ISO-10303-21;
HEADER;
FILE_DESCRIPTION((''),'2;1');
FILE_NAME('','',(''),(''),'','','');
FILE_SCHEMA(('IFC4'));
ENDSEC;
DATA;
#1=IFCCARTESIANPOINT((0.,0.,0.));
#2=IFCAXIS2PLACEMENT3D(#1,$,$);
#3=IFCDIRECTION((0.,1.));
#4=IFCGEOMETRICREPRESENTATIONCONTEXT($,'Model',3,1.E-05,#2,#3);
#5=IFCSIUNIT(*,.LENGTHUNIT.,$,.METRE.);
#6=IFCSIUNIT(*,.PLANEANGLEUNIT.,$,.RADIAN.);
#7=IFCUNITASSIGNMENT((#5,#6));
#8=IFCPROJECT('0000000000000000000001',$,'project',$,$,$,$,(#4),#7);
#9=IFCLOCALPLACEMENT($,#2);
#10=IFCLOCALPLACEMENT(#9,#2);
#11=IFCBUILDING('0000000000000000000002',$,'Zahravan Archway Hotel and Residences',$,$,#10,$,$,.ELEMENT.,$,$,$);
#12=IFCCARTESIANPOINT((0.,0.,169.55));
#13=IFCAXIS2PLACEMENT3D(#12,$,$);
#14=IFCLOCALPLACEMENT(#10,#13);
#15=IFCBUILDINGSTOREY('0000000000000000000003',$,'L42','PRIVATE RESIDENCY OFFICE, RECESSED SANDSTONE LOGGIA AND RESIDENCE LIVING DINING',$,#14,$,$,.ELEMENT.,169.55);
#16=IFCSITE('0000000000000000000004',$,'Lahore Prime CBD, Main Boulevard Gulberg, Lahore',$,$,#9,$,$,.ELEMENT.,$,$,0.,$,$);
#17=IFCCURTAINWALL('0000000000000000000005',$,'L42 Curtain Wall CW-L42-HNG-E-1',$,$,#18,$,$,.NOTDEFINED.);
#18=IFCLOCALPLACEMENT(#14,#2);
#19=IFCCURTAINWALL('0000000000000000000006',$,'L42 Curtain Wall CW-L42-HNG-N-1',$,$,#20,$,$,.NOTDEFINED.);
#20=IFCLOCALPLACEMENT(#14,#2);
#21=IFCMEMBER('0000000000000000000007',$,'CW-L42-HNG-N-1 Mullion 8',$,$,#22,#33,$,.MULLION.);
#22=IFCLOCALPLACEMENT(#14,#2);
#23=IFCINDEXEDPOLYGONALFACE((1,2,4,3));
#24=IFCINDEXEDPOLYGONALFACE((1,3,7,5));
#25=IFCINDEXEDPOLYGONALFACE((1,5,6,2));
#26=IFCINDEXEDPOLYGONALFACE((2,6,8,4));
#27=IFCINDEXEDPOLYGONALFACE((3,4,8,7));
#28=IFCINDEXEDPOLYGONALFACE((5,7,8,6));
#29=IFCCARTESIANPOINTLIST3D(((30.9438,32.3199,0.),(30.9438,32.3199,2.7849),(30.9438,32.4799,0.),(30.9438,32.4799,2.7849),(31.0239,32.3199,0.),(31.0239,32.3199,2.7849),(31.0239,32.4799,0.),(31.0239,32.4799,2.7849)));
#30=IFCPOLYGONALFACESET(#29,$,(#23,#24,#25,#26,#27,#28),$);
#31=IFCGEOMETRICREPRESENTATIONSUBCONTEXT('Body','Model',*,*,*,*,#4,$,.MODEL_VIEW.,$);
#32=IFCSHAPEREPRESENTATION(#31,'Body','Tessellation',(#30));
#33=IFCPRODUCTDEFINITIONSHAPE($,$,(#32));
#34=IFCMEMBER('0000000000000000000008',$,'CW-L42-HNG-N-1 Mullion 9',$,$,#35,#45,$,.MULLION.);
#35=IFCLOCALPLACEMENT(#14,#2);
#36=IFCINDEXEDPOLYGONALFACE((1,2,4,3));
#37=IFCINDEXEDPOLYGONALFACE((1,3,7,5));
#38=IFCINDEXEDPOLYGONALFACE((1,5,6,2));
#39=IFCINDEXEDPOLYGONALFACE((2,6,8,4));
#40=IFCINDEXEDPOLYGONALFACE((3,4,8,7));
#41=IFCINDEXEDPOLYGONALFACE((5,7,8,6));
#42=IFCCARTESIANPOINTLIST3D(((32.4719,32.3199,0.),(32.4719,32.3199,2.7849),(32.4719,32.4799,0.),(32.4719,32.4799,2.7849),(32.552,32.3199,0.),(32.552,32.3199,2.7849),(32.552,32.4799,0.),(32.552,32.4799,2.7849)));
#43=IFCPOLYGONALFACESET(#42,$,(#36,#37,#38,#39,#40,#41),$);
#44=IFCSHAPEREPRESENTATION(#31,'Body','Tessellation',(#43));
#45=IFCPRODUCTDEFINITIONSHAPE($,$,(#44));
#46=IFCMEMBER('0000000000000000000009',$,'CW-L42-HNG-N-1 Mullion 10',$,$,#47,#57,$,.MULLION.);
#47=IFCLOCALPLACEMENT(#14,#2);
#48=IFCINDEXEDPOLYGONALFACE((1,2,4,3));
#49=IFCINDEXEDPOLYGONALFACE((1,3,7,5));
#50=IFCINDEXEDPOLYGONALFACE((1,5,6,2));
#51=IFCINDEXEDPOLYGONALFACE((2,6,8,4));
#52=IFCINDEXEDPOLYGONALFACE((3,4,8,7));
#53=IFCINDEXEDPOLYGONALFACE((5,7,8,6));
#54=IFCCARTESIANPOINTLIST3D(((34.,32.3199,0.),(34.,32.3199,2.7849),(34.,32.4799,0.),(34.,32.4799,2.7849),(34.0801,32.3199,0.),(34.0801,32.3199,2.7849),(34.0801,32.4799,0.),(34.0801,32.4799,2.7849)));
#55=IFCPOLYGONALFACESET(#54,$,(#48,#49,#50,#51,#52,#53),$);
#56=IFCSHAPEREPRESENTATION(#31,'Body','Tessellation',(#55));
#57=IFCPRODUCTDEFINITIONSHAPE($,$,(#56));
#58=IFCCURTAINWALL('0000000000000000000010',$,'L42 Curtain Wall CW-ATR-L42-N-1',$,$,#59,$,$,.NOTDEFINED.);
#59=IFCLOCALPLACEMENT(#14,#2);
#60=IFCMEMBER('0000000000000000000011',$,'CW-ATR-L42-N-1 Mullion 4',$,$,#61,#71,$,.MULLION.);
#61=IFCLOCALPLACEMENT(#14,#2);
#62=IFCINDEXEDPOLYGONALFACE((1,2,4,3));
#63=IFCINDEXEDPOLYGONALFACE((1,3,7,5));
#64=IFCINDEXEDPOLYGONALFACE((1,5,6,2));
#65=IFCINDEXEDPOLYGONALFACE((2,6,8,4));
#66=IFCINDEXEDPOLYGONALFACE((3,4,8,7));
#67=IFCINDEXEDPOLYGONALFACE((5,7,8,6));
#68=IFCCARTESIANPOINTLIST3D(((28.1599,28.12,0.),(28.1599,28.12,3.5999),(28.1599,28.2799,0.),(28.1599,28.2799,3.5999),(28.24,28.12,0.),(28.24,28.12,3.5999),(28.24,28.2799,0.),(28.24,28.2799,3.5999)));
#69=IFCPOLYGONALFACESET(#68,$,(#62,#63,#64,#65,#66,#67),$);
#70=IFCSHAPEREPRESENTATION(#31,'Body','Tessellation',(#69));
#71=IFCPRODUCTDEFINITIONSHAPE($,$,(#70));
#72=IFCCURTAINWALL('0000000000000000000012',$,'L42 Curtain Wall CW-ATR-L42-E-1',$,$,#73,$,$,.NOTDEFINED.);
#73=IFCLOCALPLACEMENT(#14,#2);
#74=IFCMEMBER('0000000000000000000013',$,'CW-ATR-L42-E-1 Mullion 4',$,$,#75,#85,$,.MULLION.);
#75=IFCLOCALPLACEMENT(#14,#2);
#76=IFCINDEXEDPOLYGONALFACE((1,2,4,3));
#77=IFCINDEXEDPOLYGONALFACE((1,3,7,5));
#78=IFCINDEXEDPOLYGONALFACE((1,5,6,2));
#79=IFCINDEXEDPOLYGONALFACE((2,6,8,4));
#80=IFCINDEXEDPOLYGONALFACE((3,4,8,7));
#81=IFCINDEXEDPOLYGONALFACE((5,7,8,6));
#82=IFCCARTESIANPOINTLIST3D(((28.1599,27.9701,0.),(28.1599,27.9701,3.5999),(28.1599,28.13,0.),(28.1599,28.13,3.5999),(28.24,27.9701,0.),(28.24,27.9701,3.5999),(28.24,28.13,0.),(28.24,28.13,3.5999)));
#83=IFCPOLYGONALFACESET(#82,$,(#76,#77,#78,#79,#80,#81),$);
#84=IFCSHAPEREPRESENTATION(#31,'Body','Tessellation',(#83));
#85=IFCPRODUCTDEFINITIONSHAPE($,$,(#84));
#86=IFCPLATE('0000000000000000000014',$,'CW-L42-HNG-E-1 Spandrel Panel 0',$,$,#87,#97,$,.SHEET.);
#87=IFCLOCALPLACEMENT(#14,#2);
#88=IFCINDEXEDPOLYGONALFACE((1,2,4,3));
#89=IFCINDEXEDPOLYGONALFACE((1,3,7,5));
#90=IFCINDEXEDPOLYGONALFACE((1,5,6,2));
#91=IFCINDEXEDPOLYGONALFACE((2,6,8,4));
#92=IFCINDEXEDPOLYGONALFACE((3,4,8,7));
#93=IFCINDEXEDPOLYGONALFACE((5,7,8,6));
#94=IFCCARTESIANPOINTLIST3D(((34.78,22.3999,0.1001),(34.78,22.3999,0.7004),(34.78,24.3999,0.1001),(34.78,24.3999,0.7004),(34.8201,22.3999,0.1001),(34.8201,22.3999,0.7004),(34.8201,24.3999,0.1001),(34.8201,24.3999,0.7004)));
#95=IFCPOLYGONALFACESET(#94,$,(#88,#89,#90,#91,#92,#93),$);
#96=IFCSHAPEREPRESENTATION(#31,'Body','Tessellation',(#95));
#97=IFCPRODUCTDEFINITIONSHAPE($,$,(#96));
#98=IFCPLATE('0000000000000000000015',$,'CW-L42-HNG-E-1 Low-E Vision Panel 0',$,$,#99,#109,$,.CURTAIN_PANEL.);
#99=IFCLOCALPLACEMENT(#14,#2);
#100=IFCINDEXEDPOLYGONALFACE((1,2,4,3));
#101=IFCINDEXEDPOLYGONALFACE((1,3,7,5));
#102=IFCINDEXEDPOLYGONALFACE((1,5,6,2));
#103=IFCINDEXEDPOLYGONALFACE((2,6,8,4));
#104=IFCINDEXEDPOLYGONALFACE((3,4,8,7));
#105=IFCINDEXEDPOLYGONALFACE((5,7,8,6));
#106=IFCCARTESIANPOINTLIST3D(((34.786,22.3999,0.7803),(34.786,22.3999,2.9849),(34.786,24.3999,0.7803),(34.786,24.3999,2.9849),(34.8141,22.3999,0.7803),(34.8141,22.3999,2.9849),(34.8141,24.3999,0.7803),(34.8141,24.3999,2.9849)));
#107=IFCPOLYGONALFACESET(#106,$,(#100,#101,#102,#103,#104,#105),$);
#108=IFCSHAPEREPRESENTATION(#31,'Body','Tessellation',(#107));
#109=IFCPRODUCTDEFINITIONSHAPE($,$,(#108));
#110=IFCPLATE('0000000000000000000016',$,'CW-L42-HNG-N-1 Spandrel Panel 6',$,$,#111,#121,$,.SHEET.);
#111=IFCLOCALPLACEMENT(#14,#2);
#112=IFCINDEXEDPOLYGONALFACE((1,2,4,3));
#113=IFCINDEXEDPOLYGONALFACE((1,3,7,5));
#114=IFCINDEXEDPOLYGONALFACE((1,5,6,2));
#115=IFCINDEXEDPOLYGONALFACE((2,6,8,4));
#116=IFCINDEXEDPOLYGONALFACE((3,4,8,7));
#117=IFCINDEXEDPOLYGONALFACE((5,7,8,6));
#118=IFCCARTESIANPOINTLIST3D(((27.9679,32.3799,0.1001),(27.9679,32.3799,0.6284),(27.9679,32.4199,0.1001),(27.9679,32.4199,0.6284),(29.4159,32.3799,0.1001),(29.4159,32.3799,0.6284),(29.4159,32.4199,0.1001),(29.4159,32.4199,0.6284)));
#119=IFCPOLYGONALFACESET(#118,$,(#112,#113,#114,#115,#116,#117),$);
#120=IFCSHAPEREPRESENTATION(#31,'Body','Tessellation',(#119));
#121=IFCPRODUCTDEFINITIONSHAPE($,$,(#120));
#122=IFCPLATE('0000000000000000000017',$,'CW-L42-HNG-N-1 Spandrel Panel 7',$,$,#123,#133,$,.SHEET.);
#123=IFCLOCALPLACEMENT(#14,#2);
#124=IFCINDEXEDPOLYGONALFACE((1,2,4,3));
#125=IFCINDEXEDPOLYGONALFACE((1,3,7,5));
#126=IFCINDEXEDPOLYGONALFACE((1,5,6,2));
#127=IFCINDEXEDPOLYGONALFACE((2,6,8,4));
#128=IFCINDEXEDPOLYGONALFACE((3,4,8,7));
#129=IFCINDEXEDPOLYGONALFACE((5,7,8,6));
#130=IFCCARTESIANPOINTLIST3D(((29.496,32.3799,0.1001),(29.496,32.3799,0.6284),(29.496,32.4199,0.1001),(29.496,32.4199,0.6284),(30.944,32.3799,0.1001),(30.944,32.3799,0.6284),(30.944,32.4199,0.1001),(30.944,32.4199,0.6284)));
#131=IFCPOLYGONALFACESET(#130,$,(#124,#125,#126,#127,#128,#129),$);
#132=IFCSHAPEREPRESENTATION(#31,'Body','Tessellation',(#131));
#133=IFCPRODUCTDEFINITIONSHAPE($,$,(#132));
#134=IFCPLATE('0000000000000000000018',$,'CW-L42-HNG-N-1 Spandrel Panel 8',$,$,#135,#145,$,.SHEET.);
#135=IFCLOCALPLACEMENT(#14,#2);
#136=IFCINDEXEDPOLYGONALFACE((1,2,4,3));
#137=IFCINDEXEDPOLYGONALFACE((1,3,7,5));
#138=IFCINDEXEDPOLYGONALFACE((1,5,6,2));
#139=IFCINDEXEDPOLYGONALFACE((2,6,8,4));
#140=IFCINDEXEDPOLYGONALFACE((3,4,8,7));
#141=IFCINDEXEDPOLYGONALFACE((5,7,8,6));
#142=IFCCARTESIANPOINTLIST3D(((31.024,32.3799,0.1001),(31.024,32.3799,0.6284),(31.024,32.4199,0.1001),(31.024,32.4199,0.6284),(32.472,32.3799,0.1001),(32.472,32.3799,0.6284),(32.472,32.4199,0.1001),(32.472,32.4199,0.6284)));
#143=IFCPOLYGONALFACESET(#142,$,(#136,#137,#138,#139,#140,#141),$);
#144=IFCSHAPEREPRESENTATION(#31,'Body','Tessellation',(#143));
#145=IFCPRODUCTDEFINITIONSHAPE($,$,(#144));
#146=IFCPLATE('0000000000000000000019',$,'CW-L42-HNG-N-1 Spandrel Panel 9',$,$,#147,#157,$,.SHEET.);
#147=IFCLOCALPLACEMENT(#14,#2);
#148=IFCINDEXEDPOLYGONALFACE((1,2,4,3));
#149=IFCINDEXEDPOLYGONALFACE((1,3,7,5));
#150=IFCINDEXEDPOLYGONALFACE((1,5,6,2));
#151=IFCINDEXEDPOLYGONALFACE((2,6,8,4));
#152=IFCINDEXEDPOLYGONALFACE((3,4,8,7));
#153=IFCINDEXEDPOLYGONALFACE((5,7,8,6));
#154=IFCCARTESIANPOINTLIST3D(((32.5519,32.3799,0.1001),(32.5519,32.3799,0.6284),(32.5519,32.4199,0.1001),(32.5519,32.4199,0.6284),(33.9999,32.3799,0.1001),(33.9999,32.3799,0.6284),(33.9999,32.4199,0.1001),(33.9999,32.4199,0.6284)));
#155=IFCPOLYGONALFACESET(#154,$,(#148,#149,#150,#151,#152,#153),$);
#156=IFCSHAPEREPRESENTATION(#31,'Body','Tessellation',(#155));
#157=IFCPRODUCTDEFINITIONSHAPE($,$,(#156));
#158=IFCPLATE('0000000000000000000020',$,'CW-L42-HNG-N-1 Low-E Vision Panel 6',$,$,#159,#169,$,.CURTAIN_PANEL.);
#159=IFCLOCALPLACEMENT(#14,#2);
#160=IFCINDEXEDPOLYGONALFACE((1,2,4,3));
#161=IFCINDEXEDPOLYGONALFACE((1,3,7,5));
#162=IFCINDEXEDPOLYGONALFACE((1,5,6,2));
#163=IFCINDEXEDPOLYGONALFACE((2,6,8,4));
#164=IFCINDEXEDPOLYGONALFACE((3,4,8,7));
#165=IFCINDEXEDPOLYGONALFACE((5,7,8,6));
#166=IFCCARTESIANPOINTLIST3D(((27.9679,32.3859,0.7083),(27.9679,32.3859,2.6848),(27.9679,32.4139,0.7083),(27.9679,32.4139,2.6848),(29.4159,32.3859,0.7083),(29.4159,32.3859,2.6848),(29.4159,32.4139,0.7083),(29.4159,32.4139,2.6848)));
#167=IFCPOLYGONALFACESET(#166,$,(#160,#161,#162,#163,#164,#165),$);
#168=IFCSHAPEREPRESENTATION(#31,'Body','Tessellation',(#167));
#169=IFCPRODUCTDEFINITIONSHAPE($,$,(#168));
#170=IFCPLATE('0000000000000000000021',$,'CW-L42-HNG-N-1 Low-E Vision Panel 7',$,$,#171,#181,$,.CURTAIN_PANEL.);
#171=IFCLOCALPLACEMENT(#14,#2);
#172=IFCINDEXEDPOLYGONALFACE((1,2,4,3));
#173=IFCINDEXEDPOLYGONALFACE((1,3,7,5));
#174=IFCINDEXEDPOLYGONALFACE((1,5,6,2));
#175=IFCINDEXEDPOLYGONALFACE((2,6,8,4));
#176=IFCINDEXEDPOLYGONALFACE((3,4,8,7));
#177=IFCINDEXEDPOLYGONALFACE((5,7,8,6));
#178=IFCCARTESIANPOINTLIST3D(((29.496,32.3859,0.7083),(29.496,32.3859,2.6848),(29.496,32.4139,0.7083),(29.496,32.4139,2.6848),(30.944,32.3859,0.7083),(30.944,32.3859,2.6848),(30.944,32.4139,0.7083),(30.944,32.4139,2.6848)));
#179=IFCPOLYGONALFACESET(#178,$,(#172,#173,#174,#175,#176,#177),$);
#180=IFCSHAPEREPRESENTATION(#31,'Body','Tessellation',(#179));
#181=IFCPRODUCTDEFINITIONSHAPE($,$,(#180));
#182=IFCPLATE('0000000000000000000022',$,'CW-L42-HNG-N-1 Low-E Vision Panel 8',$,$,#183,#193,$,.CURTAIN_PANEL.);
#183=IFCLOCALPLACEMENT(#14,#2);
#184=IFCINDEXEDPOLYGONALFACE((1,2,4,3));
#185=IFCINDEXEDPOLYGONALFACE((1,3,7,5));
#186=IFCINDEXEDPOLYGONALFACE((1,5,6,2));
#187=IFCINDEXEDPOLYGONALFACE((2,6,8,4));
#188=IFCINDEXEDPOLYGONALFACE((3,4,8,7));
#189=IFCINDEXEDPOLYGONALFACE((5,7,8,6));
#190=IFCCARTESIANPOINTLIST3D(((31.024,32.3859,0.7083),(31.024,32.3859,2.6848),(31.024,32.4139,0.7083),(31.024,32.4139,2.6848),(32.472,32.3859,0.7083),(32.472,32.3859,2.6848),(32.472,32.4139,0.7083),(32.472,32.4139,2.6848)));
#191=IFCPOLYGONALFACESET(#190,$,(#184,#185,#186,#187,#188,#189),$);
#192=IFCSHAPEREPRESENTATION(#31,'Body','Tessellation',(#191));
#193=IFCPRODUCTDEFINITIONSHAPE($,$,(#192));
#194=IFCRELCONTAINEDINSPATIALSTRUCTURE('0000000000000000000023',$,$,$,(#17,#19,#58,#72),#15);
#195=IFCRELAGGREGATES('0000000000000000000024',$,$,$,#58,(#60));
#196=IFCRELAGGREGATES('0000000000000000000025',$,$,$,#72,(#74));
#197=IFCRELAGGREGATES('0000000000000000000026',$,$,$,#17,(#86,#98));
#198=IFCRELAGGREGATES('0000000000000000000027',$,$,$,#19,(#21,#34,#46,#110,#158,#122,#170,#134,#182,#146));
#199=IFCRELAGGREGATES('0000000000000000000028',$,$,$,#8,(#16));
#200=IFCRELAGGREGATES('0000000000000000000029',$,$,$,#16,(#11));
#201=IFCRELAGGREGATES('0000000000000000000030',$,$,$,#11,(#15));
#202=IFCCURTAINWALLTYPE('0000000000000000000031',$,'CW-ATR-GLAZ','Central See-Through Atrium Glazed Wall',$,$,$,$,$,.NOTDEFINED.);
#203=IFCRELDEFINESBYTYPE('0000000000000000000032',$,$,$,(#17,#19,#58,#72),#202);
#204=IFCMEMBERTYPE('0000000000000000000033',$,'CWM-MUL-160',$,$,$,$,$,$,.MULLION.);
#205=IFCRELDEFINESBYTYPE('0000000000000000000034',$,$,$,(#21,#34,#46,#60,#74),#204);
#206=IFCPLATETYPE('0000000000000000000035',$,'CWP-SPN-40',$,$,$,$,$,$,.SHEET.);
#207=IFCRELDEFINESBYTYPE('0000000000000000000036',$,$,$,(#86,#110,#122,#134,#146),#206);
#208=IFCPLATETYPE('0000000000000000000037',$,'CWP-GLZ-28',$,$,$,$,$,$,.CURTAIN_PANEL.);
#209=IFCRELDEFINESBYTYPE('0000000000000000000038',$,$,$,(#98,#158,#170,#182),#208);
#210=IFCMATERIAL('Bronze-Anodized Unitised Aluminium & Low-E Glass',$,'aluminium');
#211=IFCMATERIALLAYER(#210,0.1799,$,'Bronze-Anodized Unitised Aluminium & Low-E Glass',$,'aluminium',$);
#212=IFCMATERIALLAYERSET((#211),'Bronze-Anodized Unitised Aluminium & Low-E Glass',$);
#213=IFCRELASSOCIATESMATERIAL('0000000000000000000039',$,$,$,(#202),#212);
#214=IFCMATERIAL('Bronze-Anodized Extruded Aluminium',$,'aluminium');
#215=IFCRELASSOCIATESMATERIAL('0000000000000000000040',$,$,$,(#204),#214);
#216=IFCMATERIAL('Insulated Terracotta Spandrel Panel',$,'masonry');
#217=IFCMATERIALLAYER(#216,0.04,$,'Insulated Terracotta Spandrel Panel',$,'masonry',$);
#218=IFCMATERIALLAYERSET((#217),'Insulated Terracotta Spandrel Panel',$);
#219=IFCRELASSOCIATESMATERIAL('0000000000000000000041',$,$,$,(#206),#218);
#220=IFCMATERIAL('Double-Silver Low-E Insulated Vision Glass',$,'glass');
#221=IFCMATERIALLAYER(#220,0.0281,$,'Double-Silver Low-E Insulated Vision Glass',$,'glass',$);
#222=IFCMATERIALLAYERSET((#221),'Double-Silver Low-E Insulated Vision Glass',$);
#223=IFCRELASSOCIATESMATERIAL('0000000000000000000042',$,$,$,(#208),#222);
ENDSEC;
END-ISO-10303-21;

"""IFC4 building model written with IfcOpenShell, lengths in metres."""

from ifc_helpers import new_model, si_unit, direction, frame, origin, origin_2d, place, context, subcontext, project, spatial, rectangle, extrude, source, transform, mapped, material, layer, layer_set, material_profile, profile_set, type_object, element, aggregate, save


model = new_model("IFC4")

# Units and contexts
model_context = context("Model", 3, precision=1e-05, world=origin(), true_north=direction((0.0, 1.0)))
body_context = subcontext(model_context, "Body", "Model", "MODEL_VIEW")
ifc_project = project(units=[si_unit("LENGTHUNIT", "METRE"), si_unit("PLANEANGLEUNIT", "RADIAN")], contexts=[model_context])

# Site, building, storey
site_placement = place(None, origin())
site = spatial("IfcSite", under=ifc_project, at=site_placement, Name="Lahore Prime CBD, Main Boulevard Gulberg, Lahore", CompositionType="ELEMENT", RefElevation=0.0)
building_placement = place(site_placement, origin())
building = spatial("IfcBuilding", under=site, at=building_placement, Name="Zahravan Archway Hotel and Residences", CompositionType="ELEMENT")
storey_placement = place(building_placement, frame((0.0, 0.0, 169.55)))
storey = spatial("IfcBuildingStorey", under=building, at=storey_placement, Name="L42", Description="PRIVATE RESIDENCY OFFICE, RECESSED SANDSTONE LOGGIA AND RESIDENCE LIVING DINING", CompositionType="ELEMENT", Elevation=169.55)

# Curtain walls
ifc_material_1 = material(Name="Bronze-Anodized Unitised Aluminium & Low-E Glass", Category="aluminium")
ifc_layer_1 = layer(ifc_material_1, 0.1799, Name="Bronze-Anodized Unitised Aluminium & Low-E Glass", Category="aluminium")
ifc_layer_set_1 = layer_set([ifc_layer_1], Name="Bronze-Anodized Unitised Aluminium & Low-E Glass")
curtain_wall_type = type_object("IfcCurtainWallType", Name="CW-ATR-GLAZ", Description="Central See-Through Atrium Glazed Wall", PredefinedType="NOTDEFINED", material=ifc_layer_set_1)
curtain_wall_1_placement = place(storey_placement, origin())
curtain_wall_1 = element("IfcCurtainWall", 1, at=curtain_wall_1_placement, inside=storey, type_object=curtain_wall_type, Name="L42 Curtain Wall CW-L42-HNG-E-1", PredefinedType="NOTDEFINED")
ifc_material_2 = material(Name="Bronze-Anodized Extruded Aluminium", Category="aluminium")
curtain_wall_2_placement = place(storey_placement, origin())
curtain_wall_2 = element("IfcCurtainWall", 2, at=curtain_wall_2_placement, inside=storey, type_object=curtain_wall_type, Name="L42 Curtain Wall CW-L42-HNG-N-1", PredefinedType="NOTDEFINED")

# Members
ifc_material_profile_1 = material_profile(ifc_material_2, rectangle(XDim=0.0801, YDim=0.1599, at=origin_2d()), Name="MUL 80x160", Category="aluminium")
ifc_profile_set_1 = profile_set([ifc_material_profile_1], Name="Bronze-Anodized Extruded Aluminium")
member_type_1 = type_object("IfcMemberType", Name="CWM-MUL-160", PredefinedType="MULLION", material=ifc_profile_set_1)
shared_shape_1 = source(origin(), body_context, "Body", "SweptSolid", [
    extrude(rectangle(XDim=0.0801, YDim=0.1599, at=origin_2d()), origin(), (0.0, 0.0, 1.0), 2.7849),
])
member_1_placement = place(storey_placement, frame((30.9839, 32.3999, 0.0), z_axis=(0.0, 0.0, 1.0), x_axis=(1.0, 0.0, 0.0)))
member_1 = element("IfcMember", 3, at=member_1_placement, type_object=member_type_1, Name="CW-L42-HNG-N-1 Mullion 8", PredefinedType="MULLION", context=body_context, shape_type="MappedRepresentation", body=[
    mapped(shared_shape_1, transform((0.0, 0.0, 0.0), scale=1.0)),
])
member_2_placement = place(storey_placement, frame((32.512, 32.3999, 0.0), z_axis=(0.0, 0.0, 1.0), x_axis=(1.0, 0.0, 0.0)))
member_2 = element("IfcMember", 4, at=member_2_placement, type_object=member_type_1, Name="CW-L42-HNG-N-1 Mullion 9", PredefinedType="MULLION", context=body_context, shape_type="MappedRepresentation", body=[
    mapped(shared_shape_1, transform((0.0, 0.0, 0.0), scale=1.0)),
])
member_3_placement = place(storey_placement, frame((34.04, 32.3999, 0.0), z_axis=(0.0, 0.0, 1.0), x_axis=(1.0, 0.0, 0.0)))
member_3 = element("IfcMember", 5, at=member_3_placement, type_object=member_type_1, Name="CW-L42-HNG-N-1 Mullion 10", PredefinedType="MULLION", context=body_context, shape_type="MappedRepresentation", body=[
    mapped(shared_shape_1, transform((0.0, 0.0, 0.0), scale=1.0)),
])

# Curtain walls, members
curtain_wall_3_placement = place(storey_placement, origin())
curtain_wall_3 = element("IfcCurtainWall", 6, at=curtain_wall_3_placement, inside=storey, type_object=curtain_wall_type, Name="L42 Curtain Wall CW-ATR-L42-N-1", PredefinedType="NOTDEFINED")
shared_shape_2 = source(origin(), body_context, "Body", "SweptSolid", [
    extrude(rectangle(XDim=0.0801, YDim=0.1599, at=origin_2d()), origin(), (0.0, 0.0, 1.0), 3.5999),
])
member_4_placement = place(storey_placement, frame((28.2, 28.2, 0.0), z_axis=(0.0, 0.0, 1.0), x_axis=(1.0, 0.0, 0.0)))
member_4 = element("IfcMember", 7, at=member_4_placement, type_object=member_type_1, Name="CW-ATR-L42-N-1 Mullion 4", PredefinedType="MULLION", context=body_context, shape_type="MappedRepresentation", body=[
    mapped(shared_shape_2, transform((0.0, 0.0, 0.0), scale=1.0)),
])
aggregate(curtain_wall_3, [member_4])
curtain_wall_4_placement = place(storey_placement, origin())
curtain_wall_4 = element("IfcCurtainWall", 8, at=curtain_wall_4_placement, inside=storey, type_object=curtain_wall_type, Name="L42 Curtain Wall CW-ATR-L42-E-1", PredefinedType="NOTDEFINED")
member_5_placement = place(storey_placement, frame((28.2, 28.05, 0.0), z_axis=(0.0, 0.0, 1.0), x_axis=(1.0, 0.0, 0.0)))
member_5 = element("IfcMember", 9, at=member_5_placement, type_object=member_type_1, Name="CW-ATR-L42-E-1 Mullion 4", PredefinedType="MULLION", context=body_context, shape_type="MappedRepresentation", body=[
    mapped(shared_shape_2, transform((0.0, 0.0, 0.0), scale=1.0)),
])
aggregate(curtain_wall_4, [member_5])

# Plates
ifc_material_3 = material(Name="Insulated Terracotta Spandrel Panel", Category="masonry")
ifc_layer_2 = layer(ifc_material_3, 0.04, Name="Insulated Terracotta Spandrel Panel", Category="masonry")
ifc_layer_set_2 = layer_set([ifc_layer_2], Name="Insulated Terracotta Spandrel Panel")
plate_type_1 = type_object("IfcPlateType", Name="CWP-SPN-40", PredefinedType="SHEET", material=ifc_layer_set_2)
shared_shape_3 = source(origin(), body_context, "Body", "SweptSolid", [
    extrude(rectangle(XDim=2.0, YDim=0.04, at=origin_2d()), origin(), (0.0, 0.0, 1.0), 0.6003),
])
plate_1_placement = place(storey_placement, frame((34.8, 23.3999, 0.1001), z_axis=(0.0, 0.0, 1.0), x_axis=(0.0, 1.0, 0.0)))
plate_1 = element("IfcPlate", 10, at=plate_1_placement, type_object=plate_type_1, Name="CW-L42-HNG-E-1 Spandrel Panel 0", PredefinedType="SHEET", context=body_context, shape_type="MappedRepresentation", body=[
    mapped(shared_shape_3, transform((0.0, 0.0, 0.0), scale=1.0)),
])
ifc_material_4 = material(Name="Double-Silver Low-E Insulated Vision Glass", Category="glass")
ifc_layer_3 = layer(ifc_material_4, 0.0281, Name="Double-Silver Low-E Insulated Vision Glass", Category="glass")
ifc_layer_set_3 = layer_set([ifc_layer_3], Name="Double-Silver Low-E Insulated Vision Glass")
plate_type_2 = type_object("IfcPlateType", Name="CWP-GLZ-28", PredefinedType="CURTAIN_PANEL", material=ifc_layer_set_3)
shared_shape_4 = source(origin(), body_context, "Body", "SweptSolid", [
    extrude(rectangle(XDim=2.0, YDim=0.0281, at=origin_2d()), origin(), (0.0, 0.0, 1.0), 2.2046),
])
plate_2_placement = place(storey_placement, frame((34.8, 23.3999, 0.7803), z_axis=(0.0, 0.0, 1.0), x_axis=(0.0, 1.0, 0.0)))
plate_2 = element("IfcPlate", 11, at=plate_2_placement, type_object=plate_type_2, Name="CW-L42-HNG-E-1 Low-E Vision Panel 0", PredefinedType="CURTAIN_PANEL", context=body_context, shape_type="MappedRepresentation", body=[
    mapped(shared_shape_4, transform((0.0, 0.0, 0.0), scale=1.0)),
])
aggregate(curtain_wall_1, [plate_1, plate_2])
shared_shape_5 = source(origin(), body_context, "Body", "SweptSolid", [
    extrude(rectangle(XDim=1.448, YDim=0.04, at=origin_2d()), origin(), (0.0, 0.0, 1.0), 0.5283),
])
plate_3_placement = place(storey_placement, frame((28.6919, 32.3999, 0.1001), z_axis=(0.0, 0.0, 1.0), x_axis=(1.0, 0.0, 0.0)))
plate_3 = element("IfcPlate", 12, at=plate_3_placement, type_object=plate_type_1, Name="CW-L42-HNG-N-1 Spandrel Panel 6", PredefinedType="SHEET", context=body_context, shape_type="MappedRepresentation", body=[
    mapped(shared_shape_5, transform((0.0, 0.0, 0.0), scale=1.0)),
])
plate_4_placement = place(storey_placement, frame((30.22, 32.3999, 0.1001), z_axis=(0.0, 0.0, 1.0), x_axis=(1.0, 0.0, 0.0)))
plate_4 = element("IfcPlate", 13, at=plate_4_placement, type_object=plate_type_1, Name="CW-L42-HNG-N-1 Spandrel Panel 7", PredefinedType="SHEET", context=body_context, shape_type="MappedRepresentation", body=[
    mapped(shared_shape_5, transform((0.0, 0.0, 0.0), scale=1.0)),
])
plate_5_placement = place(storey_placement, frame((31.748, 32.3999, 0.1001), z_axis=(0.0, 0.0, 1.0), x_axis=(1.0, 0.0, 0.0)))
plate_5 = element("IfcPlate", 14, at=plate_5_placement, type_object=plate_type_1, Name="CW-L42-HNG-N-1 Spandrel Panel 8", PredefinedType="SHEET", context=body_context, shape_type="MappedRepresentation", body=[
    mapped(shared_shape_5, transform((0.0, 0.0, 0.0), scale=1.0)),
])
plate_6_placement = place(storey_placement, frame((33.2759, 32.3999, 0.1001), z_axis=(0.0, 0.0, 1.0), x_axis=(1.0, 0.0, 0.0)))
plate_6 = element("IfcPlate", 15, at=plate_6_placement, type_object=plate_type_1, Name="CW-L42-HNG-N-1 Spandrel Panel 9", PredefinedType="SHEET", context=body_context, shape_type="MappedRepresentation", body=[
    mapped(shared_shape_5, transform((0.0, 0.0, 0.0), scale=1.0)),
])
shared_shape_6 = source(origin(), body_context, "Body", "SweptSolid", [
    extrude(rectangle(XDim=1.448, YDim=0.0281, at=origin_2d()), origin(), (0.0, 0.0, 1.0), 1.9766),
])
plate_7_placement = place(storey_placement, frame((28.6919, 32.3999, 0.7083), z_axis=(0.0, 0.0, 1.0), x_axis=(1.0, 0.0, 0.0)))
plate_7 = element("IfcPlate", 16, at=plate_7_placement, type_object=plate_type_2, Name="CW-L42-HNG-N-1 Low-E Vision Panel 6", PredefinedType="CURTAIN_PANEL", context=body_context, shape_type="MappedRepresentation", body=[
    mapped(shared_shape_6, transform((0.0, 0.0, 0.0), scale=1.0)),
])
plate_8_placement = place(storey_placement, frame((30.22, 32.3999, 0.7083), z_axis=(0.0, 0.0, 1.0), x_axis=(1.0, 0.0, 0.0)))
plate_8 = element("IfcPlate", 17, at=plate_8_placement, type_object=plate_type_2, Name="CW-L42-HNG-N-1 Low-E Vision Panel 7", PredefinedType="CURTAIN_PANEL", context=body_context, shape_type="MappedRepresentation", body=[
    mapped(shared_shape_6, transform((0.0, 0.0, 0.0), scale=1.0)),
])
plate_9_placement = place(storey_placement, frame((31.748, 32.3999, 0.7083), z_axis=(0.0, 0.0, 1.0), x_axis=(1.0, 0.0, 0.0)))
plate_9 = element("IfcPlate", 18, at=plate_9_placement, type_object=plate_type_2, Name="CW-L42-HNG-N-1 Low-E Vision Panel 8", PredefinedType="CURTAIN_PANEL", context=body_context, shape_type="MappedRepresentation", body=[
    mapped(shared_shape_6, transform((0.0, 0.0, 0.0), scale=1.0)),
])
aggregate(curtain_wall_2, [member_1, member_2, member_3, plate_3, plate_7, plate_4, plate_8, plate_5, plate_9, plate_6])

save(model, "model.ifc")
